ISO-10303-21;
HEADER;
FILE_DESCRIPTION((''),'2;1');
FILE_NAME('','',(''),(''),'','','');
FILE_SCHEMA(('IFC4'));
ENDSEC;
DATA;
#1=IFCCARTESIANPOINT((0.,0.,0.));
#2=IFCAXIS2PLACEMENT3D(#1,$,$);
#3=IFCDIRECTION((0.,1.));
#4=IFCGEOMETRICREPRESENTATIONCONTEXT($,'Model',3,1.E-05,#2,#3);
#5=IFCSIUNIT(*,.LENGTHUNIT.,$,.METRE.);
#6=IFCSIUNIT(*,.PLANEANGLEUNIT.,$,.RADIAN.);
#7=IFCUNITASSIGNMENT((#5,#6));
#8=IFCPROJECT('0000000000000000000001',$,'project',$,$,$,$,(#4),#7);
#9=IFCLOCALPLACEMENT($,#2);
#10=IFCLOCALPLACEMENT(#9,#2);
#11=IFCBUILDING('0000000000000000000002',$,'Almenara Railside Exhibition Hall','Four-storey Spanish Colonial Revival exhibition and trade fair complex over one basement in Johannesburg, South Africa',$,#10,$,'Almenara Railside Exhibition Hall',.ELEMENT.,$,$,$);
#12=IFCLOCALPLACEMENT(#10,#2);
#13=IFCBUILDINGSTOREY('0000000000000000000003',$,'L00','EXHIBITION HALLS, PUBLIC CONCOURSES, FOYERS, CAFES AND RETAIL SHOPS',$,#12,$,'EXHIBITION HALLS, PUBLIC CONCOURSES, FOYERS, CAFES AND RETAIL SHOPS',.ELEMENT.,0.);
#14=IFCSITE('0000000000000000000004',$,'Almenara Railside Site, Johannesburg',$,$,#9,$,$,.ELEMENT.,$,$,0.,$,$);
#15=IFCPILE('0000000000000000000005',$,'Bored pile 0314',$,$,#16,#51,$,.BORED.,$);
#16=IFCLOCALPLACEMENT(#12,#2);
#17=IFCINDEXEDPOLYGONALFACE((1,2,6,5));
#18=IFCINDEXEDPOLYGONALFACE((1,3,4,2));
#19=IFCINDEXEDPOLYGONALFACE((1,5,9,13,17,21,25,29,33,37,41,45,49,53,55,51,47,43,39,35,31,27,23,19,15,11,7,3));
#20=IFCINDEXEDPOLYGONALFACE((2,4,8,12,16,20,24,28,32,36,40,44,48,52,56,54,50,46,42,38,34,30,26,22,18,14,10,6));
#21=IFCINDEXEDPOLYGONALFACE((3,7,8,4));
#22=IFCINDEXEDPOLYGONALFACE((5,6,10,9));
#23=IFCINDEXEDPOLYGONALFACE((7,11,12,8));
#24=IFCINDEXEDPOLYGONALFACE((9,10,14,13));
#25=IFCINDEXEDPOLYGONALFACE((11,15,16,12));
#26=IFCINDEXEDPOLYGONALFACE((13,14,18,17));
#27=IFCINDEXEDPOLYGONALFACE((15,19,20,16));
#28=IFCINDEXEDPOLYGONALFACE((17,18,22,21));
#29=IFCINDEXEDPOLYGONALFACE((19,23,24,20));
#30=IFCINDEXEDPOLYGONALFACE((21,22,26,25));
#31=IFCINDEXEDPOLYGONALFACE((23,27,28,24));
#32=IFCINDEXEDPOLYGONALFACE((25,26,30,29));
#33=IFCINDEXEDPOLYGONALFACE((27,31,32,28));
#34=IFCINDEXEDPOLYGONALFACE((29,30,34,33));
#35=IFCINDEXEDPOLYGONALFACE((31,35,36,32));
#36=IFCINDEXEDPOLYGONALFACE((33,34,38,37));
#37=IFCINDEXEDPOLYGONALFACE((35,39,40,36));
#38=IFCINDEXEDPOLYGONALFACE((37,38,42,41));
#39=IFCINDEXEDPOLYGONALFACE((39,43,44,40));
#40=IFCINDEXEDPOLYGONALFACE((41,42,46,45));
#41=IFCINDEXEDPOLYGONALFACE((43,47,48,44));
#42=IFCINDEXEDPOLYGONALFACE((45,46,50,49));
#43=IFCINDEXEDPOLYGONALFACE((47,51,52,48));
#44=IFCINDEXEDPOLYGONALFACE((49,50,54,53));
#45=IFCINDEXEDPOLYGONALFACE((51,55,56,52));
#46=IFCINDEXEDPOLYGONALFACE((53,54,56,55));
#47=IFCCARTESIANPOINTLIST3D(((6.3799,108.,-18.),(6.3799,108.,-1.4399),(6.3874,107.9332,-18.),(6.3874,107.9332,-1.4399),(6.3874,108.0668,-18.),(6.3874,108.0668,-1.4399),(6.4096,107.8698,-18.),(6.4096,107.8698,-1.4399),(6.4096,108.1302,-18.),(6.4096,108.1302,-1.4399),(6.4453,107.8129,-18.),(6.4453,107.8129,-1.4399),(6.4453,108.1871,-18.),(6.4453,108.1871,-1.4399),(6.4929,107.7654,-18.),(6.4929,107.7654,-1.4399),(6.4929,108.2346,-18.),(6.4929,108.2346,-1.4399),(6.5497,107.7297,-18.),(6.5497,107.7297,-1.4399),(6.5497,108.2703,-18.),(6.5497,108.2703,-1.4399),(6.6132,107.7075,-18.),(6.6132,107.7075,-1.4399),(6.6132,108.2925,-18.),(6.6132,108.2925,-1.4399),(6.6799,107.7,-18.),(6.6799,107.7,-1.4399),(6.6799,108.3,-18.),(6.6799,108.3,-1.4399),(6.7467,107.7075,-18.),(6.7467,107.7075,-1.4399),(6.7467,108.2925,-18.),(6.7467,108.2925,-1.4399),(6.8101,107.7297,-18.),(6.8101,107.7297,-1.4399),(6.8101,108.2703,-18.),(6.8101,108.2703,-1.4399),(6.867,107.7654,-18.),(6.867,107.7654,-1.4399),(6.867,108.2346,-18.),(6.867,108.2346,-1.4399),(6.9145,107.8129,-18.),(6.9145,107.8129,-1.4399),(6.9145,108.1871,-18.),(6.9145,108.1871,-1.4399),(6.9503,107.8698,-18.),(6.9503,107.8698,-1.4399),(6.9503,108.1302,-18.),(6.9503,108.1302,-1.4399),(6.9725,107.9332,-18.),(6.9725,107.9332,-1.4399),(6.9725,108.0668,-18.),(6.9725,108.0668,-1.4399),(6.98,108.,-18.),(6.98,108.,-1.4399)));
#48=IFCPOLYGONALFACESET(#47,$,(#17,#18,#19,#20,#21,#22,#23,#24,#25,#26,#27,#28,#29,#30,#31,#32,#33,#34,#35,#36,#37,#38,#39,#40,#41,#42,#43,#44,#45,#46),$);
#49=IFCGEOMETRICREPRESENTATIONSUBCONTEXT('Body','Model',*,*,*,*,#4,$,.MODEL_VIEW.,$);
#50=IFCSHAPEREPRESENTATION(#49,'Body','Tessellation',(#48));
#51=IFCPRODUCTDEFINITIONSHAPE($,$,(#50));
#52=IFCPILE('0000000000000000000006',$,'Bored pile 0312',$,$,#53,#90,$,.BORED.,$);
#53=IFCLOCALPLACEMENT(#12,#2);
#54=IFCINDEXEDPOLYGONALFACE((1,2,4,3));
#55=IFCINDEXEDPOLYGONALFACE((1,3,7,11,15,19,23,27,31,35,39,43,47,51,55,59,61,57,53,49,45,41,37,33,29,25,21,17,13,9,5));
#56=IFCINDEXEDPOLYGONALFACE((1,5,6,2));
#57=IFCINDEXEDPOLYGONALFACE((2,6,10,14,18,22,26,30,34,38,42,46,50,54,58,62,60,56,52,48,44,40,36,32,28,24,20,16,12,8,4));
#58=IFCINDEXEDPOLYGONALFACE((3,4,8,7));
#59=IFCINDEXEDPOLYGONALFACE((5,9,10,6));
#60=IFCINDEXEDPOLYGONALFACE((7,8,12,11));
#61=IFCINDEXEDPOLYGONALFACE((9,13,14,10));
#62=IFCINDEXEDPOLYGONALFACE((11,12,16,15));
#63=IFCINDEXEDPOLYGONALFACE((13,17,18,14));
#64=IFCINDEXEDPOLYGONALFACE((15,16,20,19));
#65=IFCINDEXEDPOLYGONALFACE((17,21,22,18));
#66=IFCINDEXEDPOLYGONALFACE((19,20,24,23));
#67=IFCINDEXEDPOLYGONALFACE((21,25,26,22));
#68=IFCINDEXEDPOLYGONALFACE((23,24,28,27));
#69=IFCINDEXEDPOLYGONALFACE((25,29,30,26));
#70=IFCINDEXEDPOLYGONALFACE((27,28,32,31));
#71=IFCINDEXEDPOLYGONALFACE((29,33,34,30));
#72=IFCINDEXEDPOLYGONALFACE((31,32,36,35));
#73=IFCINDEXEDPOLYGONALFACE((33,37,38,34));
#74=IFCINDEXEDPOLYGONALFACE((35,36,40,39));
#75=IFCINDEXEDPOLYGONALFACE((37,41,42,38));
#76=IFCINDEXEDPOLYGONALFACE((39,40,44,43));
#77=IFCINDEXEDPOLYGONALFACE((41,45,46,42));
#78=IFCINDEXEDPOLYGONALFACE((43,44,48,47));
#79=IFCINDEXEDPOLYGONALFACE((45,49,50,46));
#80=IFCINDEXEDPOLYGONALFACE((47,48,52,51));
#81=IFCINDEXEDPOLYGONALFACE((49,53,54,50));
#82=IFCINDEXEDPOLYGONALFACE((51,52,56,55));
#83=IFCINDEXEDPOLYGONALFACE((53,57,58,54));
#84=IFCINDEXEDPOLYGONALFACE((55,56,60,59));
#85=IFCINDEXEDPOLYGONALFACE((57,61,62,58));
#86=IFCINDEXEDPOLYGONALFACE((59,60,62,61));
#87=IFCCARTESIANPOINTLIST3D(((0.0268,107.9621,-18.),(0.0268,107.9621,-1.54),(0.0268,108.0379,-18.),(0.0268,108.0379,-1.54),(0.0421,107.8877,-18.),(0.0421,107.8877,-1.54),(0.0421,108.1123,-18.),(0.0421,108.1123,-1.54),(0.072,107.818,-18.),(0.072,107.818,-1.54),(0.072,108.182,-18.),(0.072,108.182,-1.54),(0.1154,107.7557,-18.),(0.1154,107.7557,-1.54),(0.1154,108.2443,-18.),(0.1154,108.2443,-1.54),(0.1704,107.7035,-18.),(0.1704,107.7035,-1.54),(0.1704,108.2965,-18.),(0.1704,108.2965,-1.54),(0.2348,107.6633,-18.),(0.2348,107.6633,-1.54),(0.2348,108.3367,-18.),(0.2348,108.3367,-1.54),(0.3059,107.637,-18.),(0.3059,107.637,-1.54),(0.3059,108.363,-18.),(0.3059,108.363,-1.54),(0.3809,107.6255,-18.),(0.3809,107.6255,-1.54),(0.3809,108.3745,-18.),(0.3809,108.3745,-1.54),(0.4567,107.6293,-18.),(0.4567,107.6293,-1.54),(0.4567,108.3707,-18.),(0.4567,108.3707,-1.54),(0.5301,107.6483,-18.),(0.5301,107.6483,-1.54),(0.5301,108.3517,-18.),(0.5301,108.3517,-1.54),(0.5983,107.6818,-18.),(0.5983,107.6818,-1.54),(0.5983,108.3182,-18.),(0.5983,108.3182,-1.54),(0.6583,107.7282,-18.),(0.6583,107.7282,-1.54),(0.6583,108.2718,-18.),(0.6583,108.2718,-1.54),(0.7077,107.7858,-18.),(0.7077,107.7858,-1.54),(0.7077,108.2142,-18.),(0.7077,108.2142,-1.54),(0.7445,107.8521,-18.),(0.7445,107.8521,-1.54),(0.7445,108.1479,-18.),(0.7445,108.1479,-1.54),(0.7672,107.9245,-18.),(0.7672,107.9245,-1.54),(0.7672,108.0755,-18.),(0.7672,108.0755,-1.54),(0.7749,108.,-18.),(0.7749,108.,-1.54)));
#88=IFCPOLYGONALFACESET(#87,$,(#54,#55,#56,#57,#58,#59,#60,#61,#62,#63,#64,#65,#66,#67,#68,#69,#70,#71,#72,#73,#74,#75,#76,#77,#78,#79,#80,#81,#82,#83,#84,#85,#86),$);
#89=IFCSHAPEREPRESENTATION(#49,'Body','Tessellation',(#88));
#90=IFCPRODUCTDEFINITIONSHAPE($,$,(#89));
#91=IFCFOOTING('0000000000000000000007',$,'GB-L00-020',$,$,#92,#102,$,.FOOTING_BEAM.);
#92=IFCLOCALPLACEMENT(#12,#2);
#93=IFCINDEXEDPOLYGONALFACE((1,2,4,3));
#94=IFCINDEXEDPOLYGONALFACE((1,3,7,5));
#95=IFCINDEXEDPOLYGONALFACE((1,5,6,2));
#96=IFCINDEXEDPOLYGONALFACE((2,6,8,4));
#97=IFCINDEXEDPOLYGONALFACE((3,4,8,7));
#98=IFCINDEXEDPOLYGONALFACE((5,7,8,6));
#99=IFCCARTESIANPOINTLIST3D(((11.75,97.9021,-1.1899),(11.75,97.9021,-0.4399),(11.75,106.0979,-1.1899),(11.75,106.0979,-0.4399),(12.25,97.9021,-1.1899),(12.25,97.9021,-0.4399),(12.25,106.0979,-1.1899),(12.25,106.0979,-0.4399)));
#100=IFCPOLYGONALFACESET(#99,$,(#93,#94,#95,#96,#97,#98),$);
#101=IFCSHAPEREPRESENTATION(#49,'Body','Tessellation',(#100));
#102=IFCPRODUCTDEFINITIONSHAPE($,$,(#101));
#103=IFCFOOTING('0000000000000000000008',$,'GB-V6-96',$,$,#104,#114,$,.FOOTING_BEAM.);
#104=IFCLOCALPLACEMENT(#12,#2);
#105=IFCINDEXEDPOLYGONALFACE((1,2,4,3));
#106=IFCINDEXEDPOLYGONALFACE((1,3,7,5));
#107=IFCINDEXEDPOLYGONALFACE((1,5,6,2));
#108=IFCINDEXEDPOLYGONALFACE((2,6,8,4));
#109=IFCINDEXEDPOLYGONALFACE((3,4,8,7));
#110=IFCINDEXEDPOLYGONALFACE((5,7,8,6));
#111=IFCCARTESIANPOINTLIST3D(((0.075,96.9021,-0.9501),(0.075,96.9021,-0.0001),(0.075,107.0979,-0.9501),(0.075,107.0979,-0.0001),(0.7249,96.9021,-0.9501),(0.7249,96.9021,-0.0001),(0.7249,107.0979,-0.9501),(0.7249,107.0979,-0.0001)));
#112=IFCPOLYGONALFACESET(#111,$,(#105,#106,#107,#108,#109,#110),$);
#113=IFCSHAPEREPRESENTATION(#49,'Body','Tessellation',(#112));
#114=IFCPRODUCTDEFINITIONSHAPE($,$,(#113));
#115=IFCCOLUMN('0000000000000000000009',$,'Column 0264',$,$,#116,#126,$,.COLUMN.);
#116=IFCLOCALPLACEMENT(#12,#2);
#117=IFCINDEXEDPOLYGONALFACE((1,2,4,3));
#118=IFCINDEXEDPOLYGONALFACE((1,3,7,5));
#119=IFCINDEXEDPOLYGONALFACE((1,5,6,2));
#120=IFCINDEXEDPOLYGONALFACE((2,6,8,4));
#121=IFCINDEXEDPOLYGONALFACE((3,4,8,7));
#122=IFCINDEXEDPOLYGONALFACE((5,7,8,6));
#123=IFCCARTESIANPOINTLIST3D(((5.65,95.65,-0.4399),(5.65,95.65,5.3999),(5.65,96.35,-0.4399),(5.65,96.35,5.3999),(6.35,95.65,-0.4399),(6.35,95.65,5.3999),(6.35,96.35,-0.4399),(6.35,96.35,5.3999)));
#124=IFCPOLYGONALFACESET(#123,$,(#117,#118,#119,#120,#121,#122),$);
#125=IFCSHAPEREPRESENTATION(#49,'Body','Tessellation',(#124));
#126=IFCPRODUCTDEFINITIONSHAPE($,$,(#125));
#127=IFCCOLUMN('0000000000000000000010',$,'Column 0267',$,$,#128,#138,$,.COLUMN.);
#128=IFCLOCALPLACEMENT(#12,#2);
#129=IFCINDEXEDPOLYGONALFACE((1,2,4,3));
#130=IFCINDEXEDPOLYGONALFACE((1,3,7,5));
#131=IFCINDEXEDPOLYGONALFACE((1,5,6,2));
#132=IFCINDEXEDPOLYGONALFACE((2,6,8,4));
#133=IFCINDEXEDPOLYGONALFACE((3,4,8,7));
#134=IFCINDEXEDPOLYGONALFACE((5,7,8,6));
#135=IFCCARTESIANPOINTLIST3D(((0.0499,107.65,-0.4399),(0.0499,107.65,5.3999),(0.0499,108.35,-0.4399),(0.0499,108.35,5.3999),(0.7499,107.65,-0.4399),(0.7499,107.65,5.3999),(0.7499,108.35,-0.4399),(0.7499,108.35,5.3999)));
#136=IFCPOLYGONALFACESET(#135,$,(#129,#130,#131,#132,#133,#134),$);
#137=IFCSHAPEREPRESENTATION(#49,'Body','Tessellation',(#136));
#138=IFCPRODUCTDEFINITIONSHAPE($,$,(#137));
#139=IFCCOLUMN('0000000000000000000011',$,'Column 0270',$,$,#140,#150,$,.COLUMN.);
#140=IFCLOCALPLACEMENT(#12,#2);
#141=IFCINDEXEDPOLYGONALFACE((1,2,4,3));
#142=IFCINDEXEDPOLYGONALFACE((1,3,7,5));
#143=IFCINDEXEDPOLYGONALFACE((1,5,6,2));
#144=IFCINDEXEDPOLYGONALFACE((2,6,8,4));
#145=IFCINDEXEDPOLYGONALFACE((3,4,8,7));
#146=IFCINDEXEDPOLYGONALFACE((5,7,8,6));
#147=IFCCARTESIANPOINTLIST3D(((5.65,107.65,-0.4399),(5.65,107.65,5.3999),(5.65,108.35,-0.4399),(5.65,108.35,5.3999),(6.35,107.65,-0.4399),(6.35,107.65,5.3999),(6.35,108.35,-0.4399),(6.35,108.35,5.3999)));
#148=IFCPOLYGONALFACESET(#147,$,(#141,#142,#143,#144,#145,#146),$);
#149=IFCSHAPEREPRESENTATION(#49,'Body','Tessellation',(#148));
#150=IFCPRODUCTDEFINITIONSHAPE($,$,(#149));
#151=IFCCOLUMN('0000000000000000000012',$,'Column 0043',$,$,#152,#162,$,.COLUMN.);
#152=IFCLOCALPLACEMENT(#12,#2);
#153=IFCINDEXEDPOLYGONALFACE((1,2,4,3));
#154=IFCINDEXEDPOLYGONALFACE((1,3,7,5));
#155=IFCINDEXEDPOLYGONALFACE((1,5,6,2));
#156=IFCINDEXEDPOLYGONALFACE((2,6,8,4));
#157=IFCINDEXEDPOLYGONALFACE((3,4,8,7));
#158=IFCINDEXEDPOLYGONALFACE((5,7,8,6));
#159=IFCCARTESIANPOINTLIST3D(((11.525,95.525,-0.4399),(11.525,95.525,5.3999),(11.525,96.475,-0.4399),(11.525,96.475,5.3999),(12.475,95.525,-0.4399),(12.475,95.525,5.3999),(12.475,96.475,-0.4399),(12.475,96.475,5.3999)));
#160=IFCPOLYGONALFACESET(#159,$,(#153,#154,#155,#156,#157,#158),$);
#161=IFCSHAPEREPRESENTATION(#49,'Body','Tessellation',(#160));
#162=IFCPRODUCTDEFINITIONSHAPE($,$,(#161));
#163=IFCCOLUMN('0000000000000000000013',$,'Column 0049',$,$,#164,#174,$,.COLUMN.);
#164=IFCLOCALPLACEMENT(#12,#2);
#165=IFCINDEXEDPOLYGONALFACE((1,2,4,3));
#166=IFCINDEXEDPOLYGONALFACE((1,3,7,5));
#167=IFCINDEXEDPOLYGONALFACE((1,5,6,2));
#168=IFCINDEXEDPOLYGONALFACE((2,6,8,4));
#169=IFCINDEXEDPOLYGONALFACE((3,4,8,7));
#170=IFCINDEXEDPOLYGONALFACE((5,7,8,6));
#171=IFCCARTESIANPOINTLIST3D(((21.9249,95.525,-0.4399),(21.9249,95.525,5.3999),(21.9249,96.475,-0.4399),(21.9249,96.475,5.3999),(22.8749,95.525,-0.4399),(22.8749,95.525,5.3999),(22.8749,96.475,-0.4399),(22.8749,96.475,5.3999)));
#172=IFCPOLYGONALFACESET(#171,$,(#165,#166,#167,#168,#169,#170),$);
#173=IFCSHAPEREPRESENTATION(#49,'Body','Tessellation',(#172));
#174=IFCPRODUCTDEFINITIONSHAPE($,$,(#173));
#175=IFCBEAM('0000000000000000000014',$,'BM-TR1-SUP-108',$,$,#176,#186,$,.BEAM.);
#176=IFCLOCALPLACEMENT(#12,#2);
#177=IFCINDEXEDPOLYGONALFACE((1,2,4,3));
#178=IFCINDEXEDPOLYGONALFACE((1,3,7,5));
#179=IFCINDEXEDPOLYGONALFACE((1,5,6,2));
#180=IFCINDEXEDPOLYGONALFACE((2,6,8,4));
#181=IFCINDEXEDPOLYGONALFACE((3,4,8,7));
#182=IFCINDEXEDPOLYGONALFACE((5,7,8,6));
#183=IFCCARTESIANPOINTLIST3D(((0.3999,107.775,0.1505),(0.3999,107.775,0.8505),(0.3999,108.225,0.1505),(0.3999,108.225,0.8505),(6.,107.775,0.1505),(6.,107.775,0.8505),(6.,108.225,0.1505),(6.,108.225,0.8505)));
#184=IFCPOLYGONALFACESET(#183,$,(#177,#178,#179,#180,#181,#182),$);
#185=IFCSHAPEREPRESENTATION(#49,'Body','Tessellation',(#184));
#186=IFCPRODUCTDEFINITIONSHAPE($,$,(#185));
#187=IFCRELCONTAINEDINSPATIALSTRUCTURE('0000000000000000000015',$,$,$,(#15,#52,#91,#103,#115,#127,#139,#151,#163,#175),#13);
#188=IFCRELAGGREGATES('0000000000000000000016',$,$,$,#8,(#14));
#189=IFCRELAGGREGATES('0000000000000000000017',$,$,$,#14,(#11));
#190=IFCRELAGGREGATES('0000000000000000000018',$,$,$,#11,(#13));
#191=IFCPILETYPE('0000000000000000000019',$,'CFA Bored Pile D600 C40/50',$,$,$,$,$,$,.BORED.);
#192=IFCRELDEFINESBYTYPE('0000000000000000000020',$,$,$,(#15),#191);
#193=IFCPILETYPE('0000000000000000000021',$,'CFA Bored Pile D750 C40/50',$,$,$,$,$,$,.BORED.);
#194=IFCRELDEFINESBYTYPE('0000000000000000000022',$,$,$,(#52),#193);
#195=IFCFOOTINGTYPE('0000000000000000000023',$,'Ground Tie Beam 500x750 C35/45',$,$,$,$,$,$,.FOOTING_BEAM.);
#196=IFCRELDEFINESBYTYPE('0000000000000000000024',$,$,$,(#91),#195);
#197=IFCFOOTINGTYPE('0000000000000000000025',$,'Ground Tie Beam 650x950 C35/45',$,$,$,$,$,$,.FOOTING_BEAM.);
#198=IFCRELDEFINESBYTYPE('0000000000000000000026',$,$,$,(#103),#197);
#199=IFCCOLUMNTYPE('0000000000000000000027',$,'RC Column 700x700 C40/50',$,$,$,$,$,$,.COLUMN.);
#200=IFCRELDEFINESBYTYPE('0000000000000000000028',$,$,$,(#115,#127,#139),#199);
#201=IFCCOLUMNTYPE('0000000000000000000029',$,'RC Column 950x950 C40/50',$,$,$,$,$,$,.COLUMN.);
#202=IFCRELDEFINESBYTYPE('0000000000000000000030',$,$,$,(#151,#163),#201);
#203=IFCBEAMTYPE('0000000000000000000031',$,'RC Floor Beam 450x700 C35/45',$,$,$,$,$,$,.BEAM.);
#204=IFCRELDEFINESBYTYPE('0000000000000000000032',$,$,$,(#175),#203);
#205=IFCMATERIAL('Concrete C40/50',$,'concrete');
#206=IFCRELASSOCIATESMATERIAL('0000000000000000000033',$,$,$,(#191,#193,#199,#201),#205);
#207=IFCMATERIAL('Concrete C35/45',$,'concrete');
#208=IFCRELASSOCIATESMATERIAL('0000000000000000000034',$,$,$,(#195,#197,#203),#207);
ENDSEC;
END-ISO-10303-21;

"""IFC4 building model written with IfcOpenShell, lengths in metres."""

from ifc_helpers import new_model, si_unit, direction, frame, origin, origin_2d, place, context, subcontext, project, spatial, rectangle, circle, extrude, material, material_profile, profile_set, type_object, element, save


model = new_model("IFC4")

# Units and contexts
model_context = context("Model", 3, precision=1e-05, world=origin(), true_north=direction((0.0, 1.0)))
body_context = subcontext(model_context, "Body", "Model", "MODEL_VIEW")
ifc_project = project(units=[si_unit("LENGTHUNIT", "METRE"), si_unit("PLANEANGLEUNIT", "RADIAN")], contexts=[model_context])

# Site, building, storey
site_placement = place(None, origin())
site = spatial("IfcSite", under=ifc_project, at=site_placement, Name="Almenara Railside Site, Johannesburg", CompositionType="ELEMENT", RefElevation=0.0)
building_placement = place(site_placement, origin())
building = spatial("IfcBuilding", under=site, at=building_placement, Name="Almenara Railside Exhibition Hall", Description="Four-storey Spanish Colonial Revival exhibition and trade fair complex over one basement in Johannesburg, South Africa", LongName="Almenara Railside Exhibition Hall", CompositionType="ELEMENT")
storey_placement = place(building_placement, origin())
storey = spatial("IfcBuildingStorey", under=building, at=storey_placement, Name="L00", Description="EXHIBITION HALLS, PUBLIC CONCOURSES, FOYERS, CAFES AND RETAIL SHOPS", LongName="EXHIBITION HALLS, PUBLIC CONCOURSES, FOYERS, CAFES AND RETAIL SHOPS", CompositionType="ELEMENT", Elevation=0.0)

# Piles
ifc_material_1 = material(Name="Concrete C40/50", Category="concrete")
ifc_material_profile_1 = material_profile(ifc_material_1, circle(Radius=0.3, at=origin_2d()), Name="CFA-PILE D600")
ifc_profile_set_1 = profile_set([ifc_material_profile_1], Name="Concrete C40/50")
pile_type_1 = type_object("IfcPileType", Name="CFA Bored Pile D600 C40/50", PredefinedType="BORED", material=ifc_profile_set_1)
for number, where, z_axis, x_axis, name in (
    (1, (6.6799, 108.0, -1.4399), (0.0, 0.0, -1.0), (1.0, 0.0, 0.0), "Bored pile 0314"),
):
    element("IfcPile", number, at=place(storey_placement, frame(where, z_axis=z_axis, x_axis=x_axis)), inside=storey, type_object=pile_type_1, Name=name, PredefinedType="BORED", context=body_context, shape_type="SweptSolid", body=[
        extrude(circle(Radius=0.3, at=origin_2d()), origin(), (0.0, 0.0, 1.0), 16.5601),
    ])
ifc_material_profile_2 = material_profile(ifc_material_1, circle(Radius=0.375, at=origin_2d()), Name="CFA-PILE D750")
ifc_profile_set_2 = profile_set([ifc_material_profile_2], Name="Concrete C40/50")
pile_type_2 = type_object("IfcPileType", Name="CFA Bored Pile D750 C40/50", PredefinedType="BORED", material=ifc_profile_set_2)
pile_placement = place(storey_placement, frame((0.3999, 108.0, -1.54), z_axis=(0.0, 0.0, -1.0), x_axis=(1.0, 0.0, 0.0)))
element("IfcPile", 2, at=pile_placement, inside=storey, type_object=pile_type_2, Name="Bored pile 0312", PredefinedType="BORED", context=body_context, shape_type="SweptSolid", body=[
    extrude(circle(Radius=0.375, at=origin_2d()), origin(), (0.0, 0.0, 1.0), 16.46),
])

# Footings
ifc_material_2 = material(Name="Concrete C35/45", Category="concrete")
ifc_material_profile_3 = material_profile(ifc_material_2, rectangle(XDim=0.5, YDim=0.75, at=origin_2d()), Name="RC-GB 500x750")
ifc_profile_set_3 = profile_set([ifc_material_profile_3], Name="Concrete C35/45")
footing_type_1 = type_object("IfcFootingType", Name="Ground Tie Beam 500x750 C35/45", PredefinedType="FOOTING_BEAM", material=ifc_profile_set_3)
footing_1_placement = place(storey_placement, frame((12.0, 97.9021, -0.8149), z_axis=(0.0, 1.0, 0.0), x_axis=(-1.0, 0.0, 0.0)))
element("IfcFooting", 3, at=footing_1_placement, inside=storey, type_object=footing_type_1, Name="GB-L00-020", PredefinedType="FOOTING_BEAM", context=body_context, shape_type="SweptSolid", body=[
    extrude(rectangle(XDim=0.5, YDim=0.75, at=origin_2d()), origin(), (0.0, 0.0, 1.0), 8.1958),
])
ifc_material_profile_4 = material_profile(ifc_material_2, rectangle(XDim=0.6499, YDim=0.95, at=origin_2d()), Name="RC-GB 650x950")
ifc_profile_set_4 = profile_set([ifc_material_profile_4], Name="Concrete C35/45")
footing_type_2 = type_object("IfcFootingType", Name="Ground Tie Beam 650x950 C35/45", PredefinedType="FOOTING_BEAM", material=ifc_profile_set_4)
footing_2_placement = place(storey_placement, frame((0.3999, 96.9021, -0.4751), z_axis=(0.0, 1.0, 0.0), x_axis=(-1.0, 0.0, 0.0)))
element("IfcFooting", 4, at=footing_2_placement, inside=storey, type_object=footing_type_2, Name="GB-V6-96", PredefinedType="FOOTING_BEAM", context=body_context, shape_type="SweptSolid", body=[
    extrude(rectangle(XDim=0.6499, YDim=0.95, at=origin_2d()), origin(), (0.0, 0.0, 1.0), 10.1958),
])

# Columns
ifc_material_profile_5 = material_profile(ifc_material_1, rectangle(XDim=0.7, YDim=0.7, at=origin_2d()), Name="RC 700x700")
ifc_profile_set_5 = profile_set([ifc_material_profile_5], Name="Concrete C40/50")
column_type_1 = type_object("IfcColumnType", Name="RC Column 700x700 C40/50", PredefinedType="COLUMN", material=ifc_profile_set_5)
for number, where, z_axis, x_axis, name in (
    (5, (6.0, 96.0, -0.4399), (0.0, 0.0, 1.0), (1.0, 0.0, 0.0), "Column 0264"),
    (6, (0.3999, 108.0, -0.4399), (0.0, 0.0, 1.0), (1.0, 0.0, 0.0), "Column 0267"),
    (7, (6.0, 108.0, -0.4399), (0.0, 0.0, 1.0), (1.0, 0.0, 0.0), "Column 0270"),
):
    element("IfcColumn", number, at=place(storey_placement, frame(where, z_axis=z_axis, x_axis=x_axis)), inside=storey, type_object=column_type_1, Name=name, PredefinedType="COLUMN", context=body_context, shape_type="SweptSolid", body=[
        extrude(rectangle(XDim=0.7, YDim=0.7, at=origin_2d()), origin(), (0.0, 0.0, 1.0), 5.8398),
    ])
ifc_material_profile_6 = material_profile(ifc_material_1, rectangle(XDim=0.95, YDim=0.95, at=origin_2d()), Name="RC 950x950")
ifc_profile_set_6 = profile_set([ifc_material_profile_6], Name="Concrete C40/50")
column_type_2 = type_object("IfcColumnType", Name="RC Column 950x950 C40/50", PredefinedType="COLUMN", material=ifc_profile_set_6)
for number, where, z_axis, x_axis, name in (
    (8, (12.0, 96.0, -0.4399), (0.0, 0.0, 1.0), (1.0, 0.0, 0.0), "Column 0043"),
    (9, (22.3999, 96.0, -0.4399), (0.0, 0.0, 1.0), (1.0, 0.0, 0.0), "Column 0049"),
):
    element("IfcColumn", number, at=place(storey_placement, frame(where, z_axis=z_axis, x_axis=x_axis)), inside=storey, type_object=column_type_2, Name=name, PredefinedType="COLUMN", context=body_context, shape_type="SweptSolid", body=[
        extrude(rectangle(XDim=0.95, YDim=0.95, at=origin_2d()), origin(), (0.0, 0.0, 1.0), 5.8398),
    ])

# Beam
ifc_material_profile_7 = material_profile(ifc_material_2, rectangle(XDim=0.45, YDim=0.7, at=origin_2d()), Name="RC 450x700")
ifc_profile_set_7 = profile_set([ifc_material_profile_7], Name="Concrete C35/45")
beam_type_1 = type_object("IfcBeamType", Name="RC Floor Beam 450x700 C35/45", PredefinedType="BEAM", material=ifc_profile_set_7)
for number, where, z_axis, x_axis, name in (
    (10, (0.3999, 108.0, 0.5005), (1.0, 0.0, 0.0), (0.0, 1.0, 0.0), "BM-TR1-SUP-108"),
):
    element("IfcBeam", number, at=place(storey_placement, frame(where, z_axis=z_axis, x_axis=x_axis)), inside=storey, type_object=beam_type_1, Name=name, PredefinedType="BEAM", context=body_context, shape_type="SweptSolid", body=[
        extrude(rectangle(XDim=0.45, YDim=0.7, at=origin_2d()), origin(), (0.0, 0.0, 1.0), 5.6001),
    ])

save(model, "model.ifc")
